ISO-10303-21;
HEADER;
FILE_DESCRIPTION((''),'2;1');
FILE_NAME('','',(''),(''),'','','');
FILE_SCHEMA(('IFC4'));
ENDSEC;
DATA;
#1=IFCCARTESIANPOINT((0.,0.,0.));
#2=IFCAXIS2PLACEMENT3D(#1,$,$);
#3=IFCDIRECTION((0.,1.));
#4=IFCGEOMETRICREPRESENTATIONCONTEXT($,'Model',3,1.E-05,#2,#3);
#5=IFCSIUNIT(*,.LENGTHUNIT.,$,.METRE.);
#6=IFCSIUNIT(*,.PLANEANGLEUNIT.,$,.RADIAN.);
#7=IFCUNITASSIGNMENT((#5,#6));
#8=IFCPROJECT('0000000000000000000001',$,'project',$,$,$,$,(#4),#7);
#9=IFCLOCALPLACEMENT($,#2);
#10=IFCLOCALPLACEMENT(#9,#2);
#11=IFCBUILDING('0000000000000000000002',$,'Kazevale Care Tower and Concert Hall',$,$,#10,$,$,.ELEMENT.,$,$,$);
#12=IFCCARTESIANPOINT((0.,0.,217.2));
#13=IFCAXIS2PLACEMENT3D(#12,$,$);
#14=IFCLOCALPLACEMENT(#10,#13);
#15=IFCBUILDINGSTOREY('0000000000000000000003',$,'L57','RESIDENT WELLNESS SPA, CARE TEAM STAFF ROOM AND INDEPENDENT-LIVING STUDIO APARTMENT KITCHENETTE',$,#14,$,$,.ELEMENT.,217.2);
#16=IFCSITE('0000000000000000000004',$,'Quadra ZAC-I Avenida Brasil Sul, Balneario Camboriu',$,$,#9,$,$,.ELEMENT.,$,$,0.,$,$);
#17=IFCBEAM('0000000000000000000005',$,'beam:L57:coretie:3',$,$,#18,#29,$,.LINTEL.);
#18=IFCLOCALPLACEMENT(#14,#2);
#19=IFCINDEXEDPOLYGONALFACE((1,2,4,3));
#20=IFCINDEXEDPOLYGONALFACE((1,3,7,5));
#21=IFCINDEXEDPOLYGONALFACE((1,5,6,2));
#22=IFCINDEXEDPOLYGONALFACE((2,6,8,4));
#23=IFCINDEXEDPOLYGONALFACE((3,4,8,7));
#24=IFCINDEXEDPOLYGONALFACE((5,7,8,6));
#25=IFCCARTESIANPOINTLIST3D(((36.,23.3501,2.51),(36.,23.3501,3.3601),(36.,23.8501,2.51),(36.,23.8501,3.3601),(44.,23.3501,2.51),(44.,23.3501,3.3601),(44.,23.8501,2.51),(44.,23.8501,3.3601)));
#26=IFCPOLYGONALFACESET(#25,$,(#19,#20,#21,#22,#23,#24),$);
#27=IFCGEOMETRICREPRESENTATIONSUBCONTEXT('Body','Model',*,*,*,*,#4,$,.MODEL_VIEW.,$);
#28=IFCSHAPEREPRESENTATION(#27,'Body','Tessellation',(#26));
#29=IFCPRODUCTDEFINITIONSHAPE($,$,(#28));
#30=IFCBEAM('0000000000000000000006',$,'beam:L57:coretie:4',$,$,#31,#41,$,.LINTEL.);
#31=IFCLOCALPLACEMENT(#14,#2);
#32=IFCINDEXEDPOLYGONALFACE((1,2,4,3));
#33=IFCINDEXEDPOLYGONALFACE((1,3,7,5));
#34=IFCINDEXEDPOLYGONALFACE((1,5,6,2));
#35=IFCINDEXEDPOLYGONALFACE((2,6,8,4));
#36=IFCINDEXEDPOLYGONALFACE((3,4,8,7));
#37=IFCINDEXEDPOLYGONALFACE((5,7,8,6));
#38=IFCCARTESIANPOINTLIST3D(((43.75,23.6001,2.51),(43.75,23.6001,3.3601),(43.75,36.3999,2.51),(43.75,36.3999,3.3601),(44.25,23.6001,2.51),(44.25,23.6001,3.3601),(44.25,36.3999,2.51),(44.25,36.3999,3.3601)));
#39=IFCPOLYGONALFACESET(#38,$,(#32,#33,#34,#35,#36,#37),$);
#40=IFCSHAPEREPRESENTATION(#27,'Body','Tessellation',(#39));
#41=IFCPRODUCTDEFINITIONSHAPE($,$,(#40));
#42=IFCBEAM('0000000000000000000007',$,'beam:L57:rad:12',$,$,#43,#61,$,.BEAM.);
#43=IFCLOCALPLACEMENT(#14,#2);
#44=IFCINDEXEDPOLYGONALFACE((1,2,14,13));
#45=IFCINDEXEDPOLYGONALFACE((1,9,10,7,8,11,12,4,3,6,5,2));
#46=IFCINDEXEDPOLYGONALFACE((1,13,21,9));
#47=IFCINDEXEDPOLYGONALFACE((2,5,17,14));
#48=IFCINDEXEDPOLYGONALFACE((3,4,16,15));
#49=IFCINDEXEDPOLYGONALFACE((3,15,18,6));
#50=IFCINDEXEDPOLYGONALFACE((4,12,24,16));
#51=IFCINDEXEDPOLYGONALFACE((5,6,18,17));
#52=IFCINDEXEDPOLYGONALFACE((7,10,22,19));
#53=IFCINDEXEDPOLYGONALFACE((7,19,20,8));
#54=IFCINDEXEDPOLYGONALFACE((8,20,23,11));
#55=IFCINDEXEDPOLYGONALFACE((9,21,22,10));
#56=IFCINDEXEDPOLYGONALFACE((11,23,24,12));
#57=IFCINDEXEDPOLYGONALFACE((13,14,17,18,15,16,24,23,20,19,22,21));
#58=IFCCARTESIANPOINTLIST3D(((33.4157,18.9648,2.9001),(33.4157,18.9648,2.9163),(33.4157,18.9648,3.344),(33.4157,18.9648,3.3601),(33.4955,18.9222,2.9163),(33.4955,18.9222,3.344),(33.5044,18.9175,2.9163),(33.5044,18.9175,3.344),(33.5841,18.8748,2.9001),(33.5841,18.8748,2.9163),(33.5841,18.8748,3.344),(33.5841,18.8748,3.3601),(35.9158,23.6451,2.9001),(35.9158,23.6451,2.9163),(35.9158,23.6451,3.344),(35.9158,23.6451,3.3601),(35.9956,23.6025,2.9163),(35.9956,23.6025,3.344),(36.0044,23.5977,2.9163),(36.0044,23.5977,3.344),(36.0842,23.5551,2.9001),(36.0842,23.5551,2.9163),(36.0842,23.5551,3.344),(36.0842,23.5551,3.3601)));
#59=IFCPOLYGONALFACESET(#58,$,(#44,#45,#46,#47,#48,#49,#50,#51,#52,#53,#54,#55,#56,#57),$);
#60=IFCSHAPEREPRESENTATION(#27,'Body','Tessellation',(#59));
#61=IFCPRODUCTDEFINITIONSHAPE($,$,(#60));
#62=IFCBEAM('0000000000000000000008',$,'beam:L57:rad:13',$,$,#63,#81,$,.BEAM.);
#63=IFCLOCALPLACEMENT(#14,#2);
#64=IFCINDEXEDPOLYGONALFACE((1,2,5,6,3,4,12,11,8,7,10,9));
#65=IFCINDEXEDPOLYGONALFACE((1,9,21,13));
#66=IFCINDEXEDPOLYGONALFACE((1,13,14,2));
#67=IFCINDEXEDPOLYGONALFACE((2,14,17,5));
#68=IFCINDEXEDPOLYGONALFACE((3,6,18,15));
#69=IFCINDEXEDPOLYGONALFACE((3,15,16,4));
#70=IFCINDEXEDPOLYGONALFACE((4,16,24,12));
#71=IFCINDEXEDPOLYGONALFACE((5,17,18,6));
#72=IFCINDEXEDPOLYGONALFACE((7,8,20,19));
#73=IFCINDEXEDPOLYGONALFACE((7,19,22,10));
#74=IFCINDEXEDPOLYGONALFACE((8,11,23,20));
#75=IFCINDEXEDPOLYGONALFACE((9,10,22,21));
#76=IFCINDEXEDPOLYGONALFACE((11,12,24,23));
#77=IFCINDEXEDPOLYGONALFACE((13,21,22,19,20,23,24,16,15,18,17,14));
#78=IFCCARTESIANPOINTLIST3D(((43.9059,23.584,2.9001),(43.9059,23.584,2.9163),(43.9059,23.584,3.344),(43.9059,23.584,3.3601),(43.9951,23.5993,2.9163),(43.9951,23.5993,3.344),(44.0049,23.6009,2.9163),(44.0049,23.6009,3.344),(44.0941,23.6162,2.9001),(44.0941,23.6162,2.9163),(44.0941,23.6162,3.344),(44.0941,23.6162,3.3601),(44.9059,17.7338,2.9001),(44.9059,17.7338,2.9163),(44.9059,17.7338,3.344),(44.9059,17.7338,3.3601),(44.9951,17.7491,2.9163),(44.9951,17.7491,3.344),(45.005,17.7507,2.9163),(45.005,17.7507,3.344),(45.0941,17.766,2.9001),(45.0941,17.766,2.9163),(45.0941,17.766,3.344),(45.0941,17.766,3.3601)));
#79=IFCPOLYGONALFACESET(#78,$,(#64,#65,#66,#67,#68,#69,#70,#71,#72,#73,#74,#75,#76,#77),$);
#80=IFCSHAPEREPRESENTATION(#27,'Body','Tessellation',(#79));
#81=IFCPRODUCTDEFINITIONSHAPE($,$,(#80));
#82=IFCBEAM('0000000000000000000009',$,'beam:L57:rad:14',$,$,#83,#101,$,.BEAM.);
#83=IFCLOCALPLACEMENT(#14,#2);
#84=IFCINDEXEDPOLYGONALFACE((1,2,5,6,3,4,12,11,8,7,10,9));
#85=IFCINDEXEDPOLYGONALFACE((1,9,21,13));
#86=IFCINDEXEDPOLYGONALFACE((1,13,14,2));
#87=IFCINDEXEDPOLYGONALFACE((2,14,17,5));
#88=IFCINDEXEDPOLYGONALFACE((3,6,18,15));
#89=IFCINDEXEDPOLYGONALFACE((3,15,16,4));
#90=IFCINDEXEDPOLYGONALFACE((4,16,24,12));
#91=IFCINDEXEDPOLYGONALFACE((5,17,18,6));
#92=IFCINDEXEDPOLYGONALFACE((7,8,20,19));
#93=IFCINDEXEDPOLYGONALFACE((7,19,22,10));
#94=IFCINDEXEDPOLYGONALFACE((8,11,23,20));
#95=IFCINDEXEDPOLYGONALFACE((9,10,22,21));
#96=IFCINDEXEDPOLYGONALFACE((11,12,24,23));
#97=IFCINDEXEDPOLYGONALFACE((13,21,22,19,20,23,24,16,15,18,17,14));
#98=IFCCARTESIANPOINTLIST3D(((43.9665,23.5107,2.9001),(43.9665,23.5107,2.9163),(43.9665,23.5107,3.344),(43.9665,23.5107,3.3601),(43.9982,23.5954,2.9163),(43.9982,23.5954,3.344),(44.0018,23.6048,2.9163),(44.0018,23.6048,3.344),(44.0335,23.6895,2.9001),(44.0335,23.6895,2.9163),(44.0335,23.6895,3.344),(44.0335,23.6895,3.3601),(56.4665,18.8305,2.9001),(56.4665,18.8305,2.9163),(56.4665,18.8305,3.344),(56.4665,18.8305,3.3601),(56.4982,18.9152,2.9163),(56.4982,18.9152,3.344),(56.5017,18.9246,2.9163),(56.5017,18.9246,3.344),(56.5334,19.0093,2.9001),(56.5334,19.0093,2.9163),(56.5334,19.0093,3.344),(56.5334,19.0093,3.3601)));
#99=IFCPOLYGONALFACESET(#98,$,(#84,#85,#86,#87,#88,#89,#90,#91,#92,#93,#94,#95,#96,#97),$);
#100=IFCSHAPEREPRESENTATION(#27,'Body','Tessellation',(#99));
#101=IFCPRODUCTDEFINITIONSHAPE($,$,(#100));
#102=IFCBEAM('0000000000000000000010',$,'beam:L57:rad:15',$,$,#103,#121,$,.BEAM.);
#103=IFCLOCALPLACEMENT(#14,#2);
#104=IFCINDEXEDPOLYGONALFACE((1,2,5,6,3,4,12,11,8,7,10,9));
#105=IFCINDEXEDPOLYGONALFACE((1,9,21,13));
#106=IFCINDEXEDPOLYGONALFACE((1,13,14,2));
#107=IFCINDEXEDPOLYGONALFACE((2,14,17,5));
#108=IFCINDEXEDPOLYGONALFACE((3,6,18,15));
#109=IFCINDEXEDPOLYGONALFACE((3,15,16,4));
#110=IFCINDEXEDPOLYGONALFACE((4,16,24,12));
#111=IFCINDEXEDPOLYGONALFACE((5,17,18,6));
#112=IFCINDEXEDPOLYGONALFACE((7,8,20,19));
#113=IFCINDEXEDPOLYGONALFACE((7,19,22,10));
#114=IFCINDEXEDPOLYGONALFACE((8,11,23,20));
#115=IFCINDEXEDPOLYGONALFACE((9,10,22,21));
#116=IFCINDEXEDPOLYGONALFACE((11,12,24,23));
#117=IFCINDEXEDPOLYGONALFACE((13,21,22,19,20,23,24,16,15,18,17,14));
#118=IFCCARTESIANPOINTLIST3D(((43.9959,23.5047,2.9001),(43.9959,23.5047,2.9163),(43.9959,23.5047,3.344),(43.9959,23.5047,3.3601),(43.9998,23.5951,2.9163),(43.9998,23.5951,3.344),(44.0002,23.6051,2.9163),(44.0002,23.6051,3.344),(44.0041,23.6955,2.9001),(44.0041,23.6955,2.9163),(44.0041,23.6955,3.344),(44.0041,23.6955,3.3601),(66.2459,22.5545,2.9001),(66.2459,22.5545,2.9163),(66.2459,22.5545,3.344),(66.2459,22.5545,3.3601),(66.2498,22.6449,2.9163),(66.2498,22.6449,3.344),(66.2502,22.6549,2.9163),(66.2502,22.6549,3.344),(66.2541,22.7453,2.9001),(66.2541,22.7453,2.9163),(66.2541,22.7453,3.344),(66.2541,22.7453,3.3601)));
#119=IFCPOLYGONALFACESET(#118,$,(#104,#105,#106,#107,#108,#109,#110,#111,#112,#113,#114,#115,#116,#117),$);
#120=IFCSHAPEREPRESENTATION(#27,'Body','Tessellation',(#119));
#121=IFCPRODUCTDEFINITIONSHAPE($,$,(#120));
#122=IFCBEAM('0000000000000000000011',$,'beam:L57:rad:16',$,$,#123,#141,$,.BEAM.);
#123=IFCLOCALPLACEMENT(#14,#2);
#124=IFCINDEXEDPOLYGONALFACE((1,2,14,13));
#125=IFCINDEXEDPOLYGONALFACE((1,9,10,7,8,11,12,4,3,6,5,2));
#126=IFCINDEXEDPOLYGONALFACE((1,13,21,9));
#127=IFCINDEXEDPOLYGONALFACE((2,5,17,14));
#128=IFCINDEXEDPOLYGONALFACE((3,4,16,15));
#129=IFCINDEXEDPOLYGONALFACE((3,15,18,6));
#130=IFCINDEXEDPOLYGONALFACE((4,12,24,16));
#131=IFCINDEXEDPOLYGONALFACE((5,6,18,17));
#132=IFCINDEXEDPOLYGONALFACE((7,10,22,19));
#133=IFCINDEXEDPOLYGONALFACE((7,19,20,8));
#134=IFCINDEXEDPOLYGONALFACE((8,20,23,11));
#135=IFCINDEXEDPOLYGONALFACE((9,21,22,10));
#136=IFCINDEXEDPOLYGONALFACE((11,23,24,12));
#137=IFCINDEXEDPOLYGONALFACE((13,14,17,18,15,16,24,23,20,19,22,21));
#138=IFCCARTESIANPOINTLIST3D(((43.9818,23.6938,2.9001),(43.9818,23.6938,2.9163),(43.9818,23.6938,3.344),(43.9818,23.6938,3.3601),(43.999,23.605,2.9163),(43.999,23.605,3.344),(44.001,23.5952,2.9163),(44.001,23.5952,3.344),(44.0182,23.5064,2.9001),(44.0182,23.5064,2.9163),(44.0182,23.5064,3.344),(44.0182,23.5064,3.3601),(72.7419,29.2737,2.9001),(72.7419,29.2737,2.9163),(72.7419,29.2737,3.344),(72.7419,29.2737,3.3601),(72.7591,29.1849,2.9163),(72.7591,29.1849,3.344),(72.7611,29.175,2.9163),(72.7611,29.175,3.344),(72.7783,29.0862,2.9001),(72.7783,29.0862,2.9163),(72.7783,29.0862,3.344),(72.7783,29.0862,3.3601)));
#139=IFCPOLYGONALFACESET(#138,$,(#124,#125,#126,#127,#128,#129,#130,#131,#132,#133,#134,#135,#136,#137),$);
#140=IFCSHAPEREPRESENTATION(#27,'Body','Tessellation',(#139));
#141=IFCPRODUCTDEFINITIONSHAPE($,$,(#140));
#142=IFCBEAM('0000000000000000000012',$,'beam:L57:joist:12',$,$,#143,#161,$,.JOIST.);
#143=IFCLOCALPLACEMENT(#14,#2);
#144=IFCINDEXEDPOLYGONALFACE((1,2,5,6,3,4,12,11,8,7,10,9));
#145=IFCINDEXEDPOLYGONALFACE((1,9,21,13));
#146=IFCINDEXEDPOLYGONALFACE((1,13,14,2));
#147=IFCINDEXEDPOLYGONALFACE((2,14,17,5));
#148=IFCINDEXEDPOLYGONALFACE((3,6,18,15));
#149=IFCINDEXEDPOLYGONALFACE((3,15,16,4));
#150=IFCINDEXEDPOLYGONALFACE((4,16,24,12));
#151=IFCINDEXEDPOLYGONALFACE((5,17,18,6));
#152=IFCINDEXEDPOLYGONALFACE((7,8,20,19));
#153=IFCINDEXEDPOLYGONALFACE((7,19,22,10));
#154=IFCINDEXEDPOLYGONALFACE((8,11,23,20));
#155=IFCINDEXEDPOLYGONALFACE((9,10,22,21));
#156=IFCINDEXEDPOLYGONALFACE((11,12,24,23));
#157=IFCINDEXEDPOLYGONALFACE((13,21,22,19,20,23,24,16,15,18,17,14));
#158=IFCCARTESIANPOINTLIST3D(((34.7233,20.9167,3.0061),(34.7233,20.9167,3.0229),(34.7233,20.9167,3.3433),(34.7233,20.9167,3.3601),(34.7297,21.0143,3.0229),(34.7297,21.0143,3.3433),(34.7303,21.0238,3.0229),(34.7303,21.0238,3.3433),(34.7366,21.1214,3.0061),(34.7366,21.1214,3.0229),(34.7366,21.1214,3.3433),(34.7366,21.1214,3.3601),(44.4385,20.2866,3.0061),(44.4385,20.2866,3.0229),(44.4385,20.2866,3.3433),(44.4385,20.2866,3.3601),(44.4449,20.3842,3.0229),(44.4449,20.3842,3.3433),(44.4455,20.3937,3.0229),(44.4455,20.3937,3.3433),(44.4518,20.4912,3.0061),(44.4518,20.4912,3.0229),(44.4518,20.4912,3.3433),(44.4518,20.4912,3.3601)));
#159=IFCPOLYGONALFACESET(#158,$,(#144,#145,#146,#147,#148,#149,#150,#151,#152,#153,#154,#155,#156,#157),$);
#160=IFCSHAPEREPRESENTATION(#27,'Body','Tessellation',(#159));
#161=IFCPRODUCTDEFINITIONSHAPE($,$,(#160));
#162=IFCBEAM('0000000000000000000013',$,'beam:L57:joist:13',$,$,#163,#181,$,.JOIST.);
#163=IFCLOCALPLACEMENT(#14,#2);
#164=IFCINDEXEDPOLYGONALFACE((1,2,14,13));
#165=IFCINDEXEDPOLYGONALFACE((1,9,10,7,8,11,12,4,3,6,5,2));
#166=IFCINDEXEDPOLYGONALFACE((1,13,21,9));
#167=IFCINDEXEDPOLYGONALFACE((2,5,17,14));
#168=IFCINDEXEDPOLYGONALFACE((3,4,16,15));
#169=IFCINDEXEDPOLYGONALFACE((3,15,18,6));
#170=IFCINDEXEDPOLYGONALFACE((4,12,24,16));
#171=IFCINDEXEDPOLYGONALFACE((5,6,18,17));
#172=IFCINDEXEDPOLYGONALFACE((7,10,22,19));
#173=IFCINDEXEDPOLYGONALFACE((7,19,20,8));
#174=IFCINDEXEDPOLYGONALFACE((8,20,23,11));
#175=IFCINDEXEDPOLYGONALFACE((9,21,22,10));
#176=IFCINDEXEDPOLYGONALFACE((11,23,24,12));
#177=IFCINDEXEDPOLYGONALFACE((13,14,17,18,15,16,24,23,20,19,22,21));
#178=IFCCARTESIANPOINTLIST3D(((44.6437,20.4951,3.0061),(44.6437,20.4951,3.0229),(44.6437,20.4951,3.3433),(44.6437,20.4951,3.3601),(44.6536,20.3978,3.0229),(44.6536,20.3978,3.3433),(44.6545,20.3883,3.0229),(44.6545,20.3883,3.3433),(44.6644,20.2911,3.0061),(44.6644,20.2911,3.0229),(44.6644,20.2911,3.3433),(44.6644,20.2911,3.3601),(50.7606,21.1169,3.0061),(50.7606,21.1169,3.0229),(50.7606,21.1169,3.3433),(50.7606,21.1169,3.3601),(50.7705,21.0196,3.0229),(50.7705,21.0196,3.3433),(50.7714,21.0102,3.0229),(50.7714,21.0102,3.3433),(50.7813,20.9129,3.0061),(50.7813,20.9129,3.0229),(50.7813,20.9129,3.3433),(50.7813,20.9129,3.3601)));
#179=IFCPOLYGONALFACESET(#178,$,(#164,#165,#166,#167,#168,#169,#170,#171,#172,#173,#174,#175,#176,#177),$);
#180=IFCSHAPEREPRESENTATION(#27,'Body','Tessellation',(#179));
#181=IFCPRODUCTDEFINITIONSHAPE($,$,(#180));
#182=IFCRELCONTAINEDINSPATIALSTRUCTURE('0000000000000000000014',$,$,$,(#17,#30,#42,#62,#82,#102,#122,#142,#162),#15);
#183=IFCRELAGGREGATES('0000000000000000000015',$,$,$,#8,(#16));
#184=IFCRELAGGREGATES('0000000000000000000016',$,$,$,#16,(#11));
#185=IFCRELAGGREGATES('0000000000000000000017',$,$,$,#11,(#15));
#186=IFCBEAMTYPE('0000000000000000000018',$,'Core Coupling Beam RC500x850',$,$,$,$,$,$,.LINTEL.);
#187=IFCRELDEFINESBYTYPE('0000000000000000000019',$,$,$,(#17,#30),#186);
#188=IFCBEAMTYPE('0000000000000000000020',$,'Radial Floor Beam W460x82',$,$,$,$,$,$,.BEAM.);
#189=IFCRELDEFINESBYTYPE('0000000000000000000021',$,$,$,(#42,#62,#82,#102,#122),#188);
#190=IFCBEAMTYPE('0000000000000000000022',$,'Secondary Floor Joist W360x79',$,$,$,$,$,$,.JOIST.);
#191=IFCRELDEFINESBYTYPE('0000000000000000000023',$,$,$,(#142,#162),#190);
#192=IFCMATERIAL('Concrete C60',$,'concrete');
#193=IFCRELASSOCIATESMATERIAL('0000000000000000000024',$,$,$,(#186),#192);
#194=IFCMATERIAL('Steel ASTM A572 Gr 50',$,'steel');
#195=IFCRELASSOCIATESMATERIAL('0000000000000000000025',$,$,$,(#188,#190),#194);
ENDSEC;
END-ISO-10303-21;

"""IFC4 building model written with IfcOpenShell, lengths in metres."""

from ifc_helpers import new_model, si_unit, direction, frame, origin, origin_2d, place, context, subcontext, project, spatial, rectangle, i_section, extrude, material, material_profile, profile_set, type_object, element, save


model = new_model("IFC4")

# Units and contexts
model_context = context("Model", 3, precision=1e-05, world=origin(), true_north=direction((0.0, 1.0)))
body_context = subcontext(model_context, "Body", "Model", "MODEL_VIEW")
ifc_project = project(units=[si_unit("LENGTHUNIT", "METRE"), si_unit("PLANEANGLEUNIT", "RADIAN")], contexts=[model_context])

# Site, building, storey
site_placement = place(None, origin())
site = spatial("IfcSite", under=ifc_project, at=site_placement, Name="Quadra ZAC-I Avenida Brasil Sul, Balneario Camboriu", CompositionType="ELEMENT", RefElevation=0.0)
building_placement = place(site_placement, origin())
building = spatial("IfcBuilding", under=site, at=building_placement, Name="Kazevale Care Tower and Concert Hall", CompositionType="ELEMENT")
storey_placement = place(building_placement, frame((0.0, 0.0, 217.2)))
storey = spatial("IfcBuildingStorey", under=building, at=storey_placement, Name="L57", Description="RESIDENT WELLNESS SPA, CARE TEAM STAFF ROOM AND INDEPENDENT-LIVING STUDIO APARTMENT KITCHENETTE", CompositionType="ELEMENT", Elevation=217.2)

# Beams
ifc_material_1 = material(Name="Concrete C60", Category="concrete")
ifc_material_profile_1 = material_profile(ifc_material_1, rectangle(XDim=0.5, YDim=0.8501, at=origin_2d()), Name="RC-B500x850")
ifc_profile_set_1 = profile_set([ifc_material_profile_1], Name="Concrete C60")
beam_type_1 = type_object("IfcBeamType", Name="Core Coupling Beam RC500x850", PredefinedType="LINTEL", material=ifc_profile_set_1)
beam_1_placement = place(storey_placement, frame((36.0, 23.6001, 2.9351), z_axis=(1.0, 0.0, 0.0), x_axis=(0.0, 1.0, 0.0)))
element("IfcBeam", 1, at=beam_1_placement, inside=storey, type_object=beam_type_1, Name="beam:L57:coretie:3", PredefinedType="LINTEL", context=body_context, shape_type="SweptSolid", body=[
    extrude(rectangle(XDim=0.5, YDim=0.8501, at=origin_2d()), origin(), (0.0, 0.0, 1.0), 8.0),
])
beam_2_placement = place(storey_placement, frame((44.0, 23.6001, 2.9351), z_axis=(0.0, 1.0, 0.0), x_axis=(-1.0, 0.0, 0.0)))
element("IfcBeam", 2, at=beam_2_placement, inside=storey, type_object=beam_type_1, Name="beam:L57:coretie:4", PredefinedType="LINTEL", context=body_context, shape_type="SweptSolid", body=[
    extrude(rectangle(XDim=0.5, YDim=0.8501, at=origin_2d()), origin(), (0.0, 0.0, 1.0), 12.7998),
])
ifc_material_2 = material(Name="Steel ASTM A572 Gr 50", Category="steel")
ifc_material_profile_2 = material_profile(ifc_material_2, i_section(OverallWidth=0.1909, OverallDepth=0.46, WebThickness=0.01, FlangeThickness=0.0161, at=origin_2d()), Name="W460x82")
ifc_profile_set_2 = profile_set([ifc_material_profile_2], Name="Steel ASTM A572 Gr 50")
beam_type_2 = type_object("IfcBeamType", Name="Radial Floor Beam W460x82", PredefinedType="BEAM", material=ifc_profile_set_2)
beam_3_placement = place(storey_placement, frame((36.0, 23.6001, 3.1301), z_axis=(-0.471161, -0.882047, 0.0), x_axis=(0.882047, -0.471161, 0.0)))
element("IfcBeam", 3, at=beam_3_placement, inside=storey, type_object=beam_type_2, Name="beam:L57:rad:12", PredefinedType="BEAM", context=body_context, shape_type="SweptSolid", body=[
    extrude(i_section(OverallWidth=0.1909, OverallDepth=0.46, WebThickness=0.01, FlangeThickness=0.0161, at=origin_2d()), origin(), (0.0, 0.0, 1.0), 5.3062),
])
beam_4_placement = place(storey_placement, frame((44.0, 23.6001, 3.1301), z_axis=(0.168493, -0.985703, 0.0), x_axis=(0.985703, 0.168493, 0.0)))
element("IfcBeam", 4, at=beam_4_placement, inside=storey, type_object=beam_type_2, Name="beam:L57:rad:13", PredefinedType="BEAM", context=body_context, shape_type="SweptSolid", body=[
    extrude(i_section(OverallWidth=0.1909, OverallDepth=0.46, WebThickness=0.01, FlangeThickness=0.0161, at=origin_2d()), origin(), (0.0, 0.0, 1.0), 5.9351),
])
beam_5_placement = place(storey_placement, frame((44.0, 23.6001, 3.1301), z_axis=(0.936509, -0.350642, 0.0), x_axis=(0.350642, 0.936509, 0.0)))
element("IfcBeam", 5, at=beam_5_placement, inside=storey, type_object=beam_type_2, Name="beam:L57:rad:14", PredefinedType="BEAM", context=body_context, shape_type="SweptSolid", body=[
    extrude(i_section(OverallWidth=0.1909, OverallDepth=0.46, WebThickness=0.01, FlangeThickness=0.0161, at=origin_2d()), origin(), (0.0, 0.0, 1.0), 13.3474),
])
beam_6_placement = place(storey_placement, frame((44.0, 23.6001, 3.1301), z_axis=(0.999089, -0.042667, 0.0), x_axis=(0.042667, 0.999089, 0.0)))
element("IfcBeam", 6, at=beam_6_placement, inside=storey, type_object=beam_type_2, Name="beam:L57:rad:15", PredefinedType="BEAM", context=body_context, shape_type="SweptSolid", body=[
    extrude(i_section(OverallWidth=0.1909, OverallDepth=0.46, WebThickness=0.01, FlangeThickness=0.0161, at=origin_2d()), origin(), (0.0, 0.0, 1.0), 22.2703),
])
beam_7_placement = place(storey_placement, frame((44.0, 23.6001, 3.1301), z_axis=(0.981695, 0.190462, 0.0), x_axis=(-0.190462, 0.981695, 0.0)))
element("IfcBeam", 7, at=beam_7_placement, inside=storey, type_object=beam_type_2, Name="beam:L57:rad:16", PredefinedType="BEAM", context=body_context, shape_type="SweptSolid", body=[
    extrude(i_section(OverallWidth=0.1909, OverallDepth=0.46, WebThickness=0.01, FlangeThickness=0.0161, at=origin_2d()), origin(), (0.0, 0.0, 1.0), 29.2964),
])
ifc_material_profile_3 = material_profile(ifc_material_2, i_section(OverallWidth=0.2051, OverallDepth=0.354, WebThickness=0.0095, FlangeThickness=0.0168, at=origin_2d()), Name="W360x79")
ifc_profile_set_3 = profile_set([ifc_material_profile_3], Name="Steel ASTM A572 Gr 50")
beam_type_3 = type_object("IfcBeamType", Name="Secondary Floor Joist W360x79", PredefinedType="JOIST", material=ifc_profile_set_3)
beam_8_placement = place(storey_placement, frame((34.73, 21.019, 3.1831), z_axis=(0.997903, -0.064725, 0.0), x_axis=(0.064725, 0.997903, 0.0)))
element("IfcBeam", 8, at=beam_8_placement, inside=storey, type_object=beam_type_3, Name="beam:L57:joist:12", PredefinedType="JOIST", context=body_context, shape_type="SweptSolid", body=[
    extrude(i_section(OverallWidth=0.2051, OverallDepth=0.354, WebThickness=0.0095, FlangeThickness=0.0168, at=origin_2d()), origin(), (0.0, 0.0, 1.0), 9.7356),
])
beam_9_placement = place(storey_placement, frame((44.6541, 20.3931, 3.1831), z_axis=(0.994873, 0.101135, 0.0), x_axis=(-0.101135, 0.994873, 0.0)))
element("IfcBeam", 9, at=beam_9_placement, inside=storey, type_object=beam_type_3, Name="beam:L57:joist:13", PredefinedType="JOIST", context=body_context, shape_type="SweptSolid", body=[
    extrude(i_section(OverallWidth=0.2051, OverallDepth=0.354, WebThickness=0.0095, FlangeThickness=0.0168, at=origin_2d()), origin(), (0.0, 0.0, 1.0), 6.1484),
])

save(model, "model.ifc")
